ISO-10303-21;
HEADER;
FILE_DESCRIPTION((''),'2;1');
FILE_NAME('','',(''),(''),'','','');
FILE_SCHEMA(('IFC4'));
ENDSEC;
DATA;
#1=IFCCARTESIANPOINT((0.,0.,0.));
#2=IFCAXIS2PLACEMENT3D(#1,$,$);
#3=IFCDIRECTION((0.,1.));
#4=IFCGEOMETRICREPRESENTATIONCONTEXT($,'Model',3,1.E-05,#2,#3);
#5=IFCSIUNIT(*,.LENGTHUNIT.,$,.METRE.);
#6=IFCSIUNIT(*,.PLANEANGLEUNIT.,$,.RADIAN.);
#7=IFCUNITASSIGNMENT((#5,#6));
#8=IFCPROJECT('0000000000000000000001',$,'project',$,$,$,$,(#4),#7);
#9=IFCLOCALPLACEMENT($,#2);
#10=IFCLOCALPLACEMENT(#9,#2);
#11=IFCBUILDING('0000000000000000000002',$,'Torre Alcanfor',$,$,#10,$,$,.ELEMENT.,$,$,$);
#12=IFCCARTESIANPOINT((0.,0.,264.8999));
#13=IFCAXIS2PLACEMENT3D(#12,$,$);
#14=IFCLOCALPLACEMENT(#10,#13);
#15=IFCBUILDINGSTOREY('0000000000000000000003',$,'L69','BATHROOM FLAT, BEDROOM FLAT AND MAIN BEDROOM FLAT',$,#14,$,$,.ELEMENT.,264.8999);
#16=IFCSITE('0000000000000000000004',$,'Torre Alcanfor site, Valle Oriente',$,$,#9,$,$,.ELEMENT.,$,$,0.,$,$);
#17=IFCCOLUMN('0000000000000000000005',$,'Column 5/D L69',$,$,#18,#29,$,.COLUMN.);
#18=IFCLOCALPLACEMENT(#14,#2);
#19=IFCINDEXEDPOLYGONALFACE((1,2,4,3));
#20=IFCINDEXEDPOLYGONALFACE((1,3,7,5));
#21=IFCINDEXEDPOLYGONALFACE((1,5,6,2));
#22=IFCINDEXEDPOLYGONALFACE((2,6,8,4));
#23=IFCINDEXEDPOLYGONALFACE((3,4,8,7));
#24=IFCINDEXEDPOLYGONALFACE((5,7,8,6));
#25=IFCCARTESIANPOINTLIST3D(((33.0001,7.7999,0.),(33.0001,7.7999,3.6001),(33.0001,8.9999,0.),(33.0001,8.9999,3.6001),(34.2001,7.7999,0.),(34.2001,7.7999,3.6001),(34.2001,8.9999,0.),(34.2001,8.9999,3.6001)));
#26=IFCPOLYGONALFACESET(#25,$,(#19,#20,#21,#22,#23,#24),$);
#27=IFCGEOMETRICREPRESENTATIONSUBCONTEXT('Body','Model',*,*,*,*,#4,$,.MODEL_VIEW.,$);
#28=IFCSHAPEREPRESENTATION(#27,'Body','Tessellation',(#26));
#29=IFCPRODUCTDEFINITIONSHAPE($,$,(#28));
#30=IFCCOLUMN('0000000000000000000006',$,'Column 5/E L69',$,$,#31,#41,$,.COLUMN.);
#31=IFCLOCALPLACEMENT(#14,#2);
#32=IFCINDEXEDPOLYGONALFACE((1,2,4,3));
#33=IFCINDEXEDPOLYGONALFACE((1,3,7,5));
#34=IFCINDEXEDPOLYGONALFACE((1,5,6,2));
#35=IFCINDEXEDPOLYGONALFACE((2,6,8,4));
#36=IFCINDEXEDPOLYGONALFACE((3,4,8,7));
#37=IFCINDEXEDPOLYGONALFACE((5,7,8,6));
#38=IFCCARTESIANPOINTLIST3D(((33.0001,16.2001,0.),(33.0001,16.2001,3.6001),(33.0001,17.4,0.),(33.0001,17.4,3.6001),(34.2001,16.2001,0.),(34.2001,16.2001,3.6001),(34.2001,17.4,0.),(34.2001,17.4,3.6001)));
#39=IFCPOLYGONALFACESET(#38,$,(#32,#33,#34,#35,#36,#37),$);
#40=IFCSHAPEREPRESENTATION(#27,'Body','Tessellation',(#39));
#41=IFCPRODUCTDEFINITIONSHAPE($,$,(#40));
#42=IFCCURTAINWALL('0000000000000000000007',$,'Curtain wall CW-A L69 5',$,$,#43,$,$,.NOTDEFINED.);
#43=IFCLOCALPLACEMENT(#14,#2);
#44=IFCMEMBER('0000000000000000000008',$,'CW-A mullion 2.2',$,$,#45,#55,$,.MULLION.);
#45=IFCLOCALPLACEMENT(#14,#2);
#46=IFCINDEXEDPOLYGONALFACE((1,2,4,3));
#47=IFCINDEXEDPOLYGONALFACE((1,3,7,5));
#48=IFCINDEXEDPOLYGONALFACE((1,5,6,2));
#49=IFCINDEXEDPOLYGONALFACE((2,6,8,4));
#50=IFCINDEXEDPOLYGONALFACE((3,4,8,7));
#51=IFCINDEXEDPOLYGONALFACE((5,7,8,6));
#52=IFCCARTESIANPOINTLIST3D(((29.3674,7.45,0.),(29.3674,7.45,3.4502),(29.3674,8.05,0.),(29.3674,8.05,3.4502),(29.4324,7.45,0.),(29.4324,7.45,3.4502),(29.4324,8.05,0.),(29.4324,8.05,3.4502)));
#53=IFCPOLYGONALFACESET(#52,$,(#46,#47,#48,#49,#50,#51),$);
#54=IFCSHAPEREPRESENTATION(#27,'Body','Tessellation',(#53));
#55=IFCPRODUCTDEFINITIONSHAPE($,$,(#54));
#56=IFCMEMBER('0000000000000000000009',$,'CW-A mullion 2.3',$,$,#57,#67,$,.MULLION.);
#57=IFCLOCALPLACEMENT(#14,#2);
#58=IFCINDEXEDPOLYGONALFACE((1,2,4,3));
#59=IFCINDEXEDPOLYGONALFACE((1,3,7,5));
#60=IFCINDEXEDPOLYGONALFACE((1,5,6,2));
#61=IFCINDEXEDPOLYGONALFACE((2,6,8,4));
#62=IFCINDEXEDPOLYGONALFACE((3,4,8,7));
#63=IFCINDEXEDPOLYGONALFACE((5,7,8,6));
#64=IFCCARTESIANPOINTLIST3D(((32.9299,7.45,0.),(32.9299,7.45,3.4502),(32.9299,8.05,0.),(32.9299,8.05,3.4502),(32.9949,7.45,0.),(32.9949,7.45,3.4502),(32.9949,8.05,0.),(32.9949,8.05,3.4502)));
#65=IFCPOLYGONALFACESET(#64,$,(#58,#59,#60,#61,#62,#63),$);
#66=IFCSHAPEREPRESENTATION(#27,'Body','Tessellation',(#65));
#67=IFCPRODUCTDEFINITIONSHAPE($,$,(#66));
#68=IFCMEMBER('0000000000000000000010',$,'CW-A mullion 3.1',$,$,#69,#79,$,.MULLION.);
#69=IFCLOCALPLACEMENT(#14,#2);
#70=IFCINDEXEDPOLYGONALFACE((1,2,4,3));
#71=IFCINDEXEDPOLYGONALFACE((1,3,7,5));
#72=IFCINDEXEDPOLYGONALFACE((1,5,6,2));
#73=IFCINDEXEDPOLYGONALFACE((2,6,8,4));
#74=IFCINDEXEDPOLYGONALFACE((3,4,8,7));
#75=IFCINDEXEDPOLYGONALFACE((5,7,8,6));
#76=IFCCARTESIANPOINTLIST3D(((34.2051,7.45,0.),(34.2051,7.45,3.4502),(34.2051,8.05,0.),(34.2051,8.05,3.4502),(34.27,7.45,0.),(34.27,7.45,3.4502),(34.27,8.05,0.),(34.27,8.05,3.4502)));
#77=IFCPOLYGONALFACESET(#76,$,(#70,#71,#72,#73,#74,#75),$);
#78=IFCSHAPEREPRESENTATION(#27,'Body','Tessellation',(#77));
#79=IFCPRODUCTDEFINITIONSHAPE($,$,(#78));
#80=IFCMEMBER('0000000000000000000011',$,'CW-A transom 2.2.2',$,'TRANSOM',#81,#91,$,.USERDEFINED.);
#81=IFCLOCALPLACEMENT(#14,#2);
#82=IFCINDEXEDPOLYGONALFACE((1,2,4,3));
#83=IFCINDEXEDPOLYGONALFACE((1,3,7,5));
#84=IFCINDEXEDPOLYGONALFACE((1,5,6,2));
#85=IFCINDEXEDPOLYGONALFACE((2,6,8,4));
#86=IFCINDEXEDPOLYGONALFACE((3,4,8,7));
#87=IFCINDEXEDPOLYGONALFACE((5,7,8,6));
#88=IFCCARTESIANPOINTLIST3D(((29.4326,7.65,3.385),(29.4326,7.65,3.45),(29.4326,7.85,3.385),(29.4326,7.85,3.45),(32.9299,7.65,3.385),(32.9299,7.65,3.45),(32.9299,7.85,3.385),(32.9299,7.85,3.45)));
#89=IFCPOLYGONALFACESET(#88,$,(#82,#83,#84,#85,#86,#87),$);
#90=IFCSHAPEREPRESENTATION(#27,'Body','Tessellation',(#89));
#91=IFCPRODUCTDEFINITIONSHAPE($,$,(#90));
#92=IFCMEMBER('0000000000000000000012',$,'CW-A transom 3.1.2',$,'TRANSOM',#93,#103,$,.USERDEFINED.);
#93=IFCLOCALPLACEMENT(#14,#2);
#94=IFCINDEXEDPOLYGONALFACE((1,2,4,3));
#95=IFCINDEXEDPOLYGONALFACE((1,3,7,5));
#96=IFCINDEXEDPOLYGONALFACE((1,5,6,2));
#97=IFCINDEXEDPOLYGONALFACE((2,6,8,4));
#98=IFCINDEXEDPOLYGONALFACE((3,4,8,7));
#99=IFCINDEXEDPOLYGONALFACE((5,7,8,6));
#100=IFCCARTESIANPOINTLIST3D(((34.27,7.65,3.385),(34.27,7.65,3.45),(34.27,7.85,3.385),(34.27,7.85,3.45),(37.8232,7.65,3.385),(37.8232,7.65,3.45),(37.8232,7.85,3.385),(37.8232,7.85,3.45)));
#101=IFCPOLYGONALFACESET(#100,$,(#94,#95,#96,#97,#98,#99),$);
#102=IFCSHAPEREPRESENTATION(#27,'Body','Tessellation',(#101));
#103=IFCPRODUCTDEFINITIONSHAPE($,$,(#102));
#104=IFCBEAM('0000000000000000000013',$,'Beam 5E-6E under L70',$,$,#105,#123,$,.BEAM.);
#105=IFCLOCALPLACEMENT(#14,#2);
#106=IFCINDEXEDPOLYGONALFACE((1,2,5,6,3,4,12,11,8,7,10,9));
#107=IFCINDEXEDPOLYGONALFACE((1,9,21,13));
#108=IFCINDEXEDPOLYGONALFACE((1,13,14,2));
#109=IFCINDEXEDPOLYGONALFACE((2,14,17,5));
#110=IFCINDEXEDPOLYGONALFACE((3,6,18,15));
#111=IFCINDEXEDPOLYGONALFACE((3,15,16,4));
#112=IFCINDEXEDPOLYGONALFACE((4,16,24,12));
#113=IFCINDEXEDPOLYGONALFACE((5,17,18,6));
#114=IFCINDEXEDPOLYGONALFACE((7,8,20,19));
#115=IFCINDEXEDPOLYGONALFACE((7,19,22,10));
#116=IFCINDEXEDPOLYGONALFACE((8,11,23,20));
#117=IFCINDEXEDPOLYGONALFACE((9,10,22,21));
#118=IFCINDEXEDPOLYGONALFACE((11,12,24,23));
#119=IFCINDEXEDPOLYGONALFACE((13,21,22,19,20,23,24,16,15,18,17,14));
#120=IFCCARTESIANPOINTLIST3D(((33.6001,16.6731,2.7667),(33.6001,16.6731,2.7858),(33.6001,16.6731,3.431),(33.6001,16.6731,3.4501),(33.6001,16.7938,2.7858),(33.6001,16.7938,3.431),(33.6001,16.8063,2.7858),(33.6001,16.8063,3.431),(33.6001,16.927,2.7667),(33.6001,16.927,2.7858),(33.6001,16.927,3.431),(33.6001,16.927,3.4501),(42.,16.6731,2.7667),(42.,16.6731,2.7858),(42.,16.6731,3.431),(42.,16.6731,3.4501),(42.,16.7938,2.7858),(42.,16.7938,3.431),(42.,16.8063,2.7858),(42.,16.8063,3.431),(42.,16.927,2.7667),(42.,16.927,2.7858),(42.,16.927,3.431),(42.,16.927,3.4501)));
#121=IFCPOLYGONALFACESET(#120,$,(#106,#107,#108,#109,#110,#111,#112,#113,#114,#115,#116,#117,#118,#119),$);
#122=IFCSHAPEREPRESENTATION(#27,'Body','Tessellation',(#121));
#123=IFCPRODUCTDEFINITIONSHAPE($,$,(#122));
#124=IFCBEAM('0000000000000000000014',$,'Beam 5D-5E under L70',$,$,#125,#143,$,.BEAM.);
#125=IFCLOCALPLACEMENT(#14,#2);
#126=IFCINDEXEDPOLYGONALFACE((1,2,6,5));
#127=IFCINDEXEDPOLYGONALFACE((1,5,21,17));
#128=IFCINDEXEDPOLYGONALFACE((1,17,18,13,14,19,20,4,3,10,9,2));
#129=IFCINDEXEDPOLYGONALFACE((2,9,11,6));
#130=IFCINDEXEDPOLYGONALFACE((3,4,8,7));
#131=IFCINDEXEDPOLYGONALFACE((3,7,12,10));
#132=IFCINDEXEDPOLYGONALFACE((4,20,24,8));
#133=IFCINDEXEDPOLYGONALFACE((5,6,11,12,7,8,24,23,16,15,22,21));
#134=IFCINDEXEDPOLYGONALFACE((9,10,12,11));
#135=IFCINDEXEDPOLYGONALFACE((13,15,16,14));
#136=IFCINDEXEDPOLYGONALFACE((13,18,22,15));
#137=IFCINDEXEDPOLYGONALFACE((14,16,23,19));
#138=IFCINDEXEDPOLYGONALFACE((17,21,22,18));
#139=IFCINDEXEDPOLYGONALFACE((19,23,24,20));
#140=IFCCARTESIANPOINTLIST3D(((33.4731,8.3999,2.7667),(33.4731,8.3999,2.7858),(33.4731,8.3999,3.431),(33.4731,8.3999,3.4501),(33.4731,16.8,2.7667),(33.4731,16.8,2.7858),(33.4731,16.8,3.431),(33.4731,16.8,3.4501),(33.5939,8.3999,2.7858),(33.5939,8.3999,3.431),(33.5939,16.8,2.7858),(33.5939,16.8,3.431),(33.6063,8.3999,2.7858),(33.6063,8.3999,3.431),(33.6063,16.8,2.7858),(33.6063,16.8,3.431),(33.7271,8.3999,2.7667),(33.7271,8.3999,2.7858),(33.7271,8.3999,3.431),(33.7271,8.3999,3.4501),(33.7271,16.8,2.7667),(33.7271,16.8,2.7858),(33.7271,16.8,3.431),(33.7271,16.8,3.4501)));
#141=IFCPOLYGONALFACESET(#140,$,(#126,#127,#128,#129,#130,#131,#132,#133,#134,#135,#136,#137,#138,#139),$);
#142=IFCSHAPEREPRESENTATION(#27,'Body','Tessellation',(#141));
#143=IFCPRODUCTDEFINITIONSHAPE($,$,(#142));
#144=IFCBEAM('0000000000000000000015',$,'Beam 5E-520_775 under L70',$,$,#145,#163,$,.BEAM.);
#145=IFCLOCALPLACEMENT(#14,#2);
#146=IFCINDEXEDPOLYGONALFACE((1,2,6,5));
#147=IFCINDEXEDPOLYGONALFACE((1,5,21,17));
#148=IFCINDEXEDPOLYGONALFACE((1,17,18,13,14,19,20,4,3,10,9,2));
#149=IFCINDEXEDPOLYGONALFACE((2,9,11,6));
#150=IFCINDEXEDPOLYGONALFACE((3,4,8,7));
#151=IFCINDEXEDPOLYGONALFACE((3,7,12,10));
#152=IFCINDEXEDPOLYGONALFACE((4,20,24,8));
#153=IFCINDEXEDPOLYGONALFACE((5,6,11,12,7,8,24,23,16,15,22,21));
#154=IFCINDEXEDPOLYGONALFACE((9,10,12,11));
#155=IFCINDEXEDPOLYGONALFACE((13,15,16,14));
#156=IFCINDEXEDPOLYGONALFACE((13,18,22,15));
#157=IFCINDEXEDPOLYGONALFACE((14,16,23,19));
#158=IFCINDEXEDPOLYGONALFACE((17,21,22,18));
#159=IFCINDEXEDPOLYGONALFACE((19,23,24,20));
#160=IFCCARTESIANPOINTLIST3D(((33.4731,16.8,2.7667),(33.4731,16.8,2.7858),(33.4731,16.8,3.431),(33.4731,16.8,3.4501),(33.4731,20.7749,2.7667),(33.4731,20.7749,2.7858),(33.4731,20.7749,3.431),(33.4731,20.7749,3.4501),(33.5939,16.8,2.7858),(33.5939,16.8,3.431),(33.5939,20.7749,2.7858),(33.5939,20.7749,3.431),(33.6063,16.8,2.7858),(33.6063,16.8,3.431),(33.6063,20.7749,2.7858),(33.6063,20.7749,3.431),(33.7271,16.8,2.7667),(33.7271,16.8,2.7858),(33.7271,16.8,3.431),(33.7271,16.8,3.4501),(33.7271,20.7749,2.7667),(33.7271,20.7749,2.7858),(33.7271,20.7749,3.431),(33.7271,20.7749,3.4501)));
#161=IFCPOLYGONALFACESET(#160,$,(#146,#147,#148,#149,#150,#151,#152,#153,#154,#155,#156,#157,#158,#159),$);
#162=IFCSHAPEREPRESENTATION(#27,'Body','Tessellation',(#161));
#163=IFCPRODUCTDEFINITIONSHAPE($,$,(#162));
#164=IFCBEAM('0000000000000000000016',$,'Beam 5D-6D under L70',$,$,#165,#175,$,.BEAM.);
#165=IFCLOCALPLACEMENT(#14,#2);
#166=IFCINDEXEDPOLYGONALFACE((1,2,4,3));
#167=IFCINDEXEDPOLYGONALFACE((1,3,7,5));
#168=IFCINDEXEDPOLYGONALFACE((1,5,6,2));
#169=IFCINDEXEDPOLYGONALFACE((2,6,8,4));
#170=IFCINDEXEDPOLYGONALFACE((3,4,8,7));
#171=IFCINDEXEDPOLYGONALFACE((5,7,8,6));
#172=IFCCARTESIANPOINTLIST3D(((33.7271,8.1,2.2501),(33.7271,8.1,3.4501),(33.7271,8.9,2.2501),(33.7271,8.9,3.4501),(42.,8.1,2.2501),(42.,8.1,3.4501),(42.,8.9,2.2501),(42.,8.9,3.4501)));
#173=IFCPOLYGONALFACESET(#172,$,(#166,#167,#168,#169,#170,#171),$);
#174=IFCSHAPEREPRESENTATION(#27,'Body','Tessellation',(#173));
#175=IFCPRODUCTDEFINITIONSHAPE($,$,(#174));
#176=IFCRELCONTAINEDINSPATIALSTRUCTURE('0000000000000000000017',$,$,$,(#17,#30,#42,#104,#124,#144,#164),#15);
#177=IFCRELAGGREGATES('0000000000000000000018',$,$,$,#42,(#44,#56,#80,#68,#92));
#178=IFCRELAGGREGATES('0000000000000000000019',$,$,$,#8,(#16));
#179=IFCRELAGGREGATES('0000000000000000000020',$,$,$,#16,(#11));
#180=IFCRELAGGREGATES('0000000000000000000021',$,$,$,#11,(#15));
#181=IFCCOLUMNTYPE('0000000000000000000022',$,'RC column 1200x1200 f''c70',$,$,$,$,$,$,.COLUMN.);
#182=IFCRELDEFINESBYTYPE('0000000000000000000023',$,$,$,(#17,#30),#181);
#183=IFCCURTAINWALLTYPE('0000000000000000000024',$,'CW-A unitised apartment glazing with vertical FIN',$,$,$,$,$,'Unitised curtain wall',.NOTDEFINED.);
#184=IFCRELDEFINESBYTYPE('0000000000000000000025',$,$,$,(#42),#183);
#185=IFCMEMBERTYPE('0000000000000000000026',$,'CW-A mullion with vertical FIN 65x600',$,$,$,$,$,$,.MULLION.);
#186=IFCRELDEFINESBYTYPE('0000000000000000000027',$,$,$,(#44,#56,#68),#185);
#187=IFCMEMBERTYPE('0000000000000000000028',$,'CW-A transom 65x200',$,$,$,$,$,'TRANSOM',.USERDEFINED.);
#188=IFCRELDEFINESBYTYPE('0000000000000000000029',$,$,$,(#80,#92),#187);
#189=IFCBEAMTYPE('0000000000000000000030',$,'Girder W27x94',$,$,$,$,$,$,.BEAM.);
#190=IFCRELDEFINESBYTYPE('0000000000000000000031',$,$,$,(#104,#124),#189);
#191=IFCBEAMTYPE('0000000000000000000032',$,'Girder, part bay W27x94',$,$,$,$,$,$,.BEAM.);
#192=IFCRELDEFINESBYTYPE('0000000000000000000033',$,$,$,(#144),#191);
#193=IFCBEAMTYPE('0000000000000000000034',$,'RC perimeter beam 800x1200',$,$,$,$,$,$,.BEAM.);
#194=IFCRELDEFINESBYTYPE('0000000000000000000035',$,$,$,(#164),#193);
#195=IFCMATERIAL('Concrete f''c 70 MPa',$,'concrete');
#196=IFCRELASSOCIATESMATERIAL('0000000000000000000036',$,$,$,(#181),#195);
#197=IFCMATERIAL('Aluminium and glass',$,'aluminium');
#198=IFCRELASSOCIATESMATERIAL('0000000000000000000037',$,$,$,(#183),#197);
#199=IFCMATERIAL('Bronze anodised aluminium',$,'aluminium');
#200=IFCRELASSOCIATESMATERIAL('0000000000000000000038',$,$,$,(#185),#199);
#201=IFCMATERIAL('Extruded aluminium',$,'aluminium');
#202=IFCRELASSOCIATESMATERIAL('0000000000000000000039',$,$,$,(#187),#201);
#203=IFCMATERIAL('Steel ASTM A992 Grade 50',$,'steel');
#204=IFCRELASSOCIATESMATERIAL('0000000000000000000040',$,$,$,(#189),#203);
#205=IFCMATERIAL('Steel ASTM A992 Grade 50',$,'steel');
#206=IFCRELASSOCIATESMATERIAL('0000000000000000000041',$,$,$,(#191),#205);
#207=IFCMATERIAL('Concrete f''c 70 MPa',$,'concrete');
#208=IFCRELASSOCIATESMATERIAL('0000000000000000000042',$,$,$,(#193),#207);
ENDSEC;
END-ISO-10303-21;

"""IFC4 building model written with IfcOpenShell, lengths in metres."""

from ifc_helpers import new_model, si_unit, direction, frame, origin, origin_2d, place, context, subcontext, project, spatial, rectangle, i_section, extrude, material, material_profile, profile_set, type_object, element, aggregate, save


model = new_model("IFC4")

# Units and contexts
model_context = context("Model", 3, precision=1e-05, world=origin(), true_north=direction((0.0, 1.0)))
body_context = subcontext(model_context, "Body", "Model", "MODEL_VIEW")
ifc_project = project(units=[si_unit("LENGTHUNIT", "METRE"), si_unit("PLANEANGLEUNIT", "RADIAN")], contexts=[model_context])

# Site, building, storey
site_placement = place(None, origin())
site = spatial("IfcSite", under=ifc_project, at=site_placement, Name="Torre Alcanfor site, Valle Oriente", CompositionType="ELEMENT", RefElevation=0.0)
building_placement = place(site_placement, origin())
building = spatial("IfcBuilding", under=site, at=building_placement, Name="Torre Alcanfor", CompositionType="ELEMENT")
storey_placement = place(building_placement, frame((0.0, 0.0, 264.8999)))
storey = spatial("IfcBuildingStorey", under=building, at=storey_placement, Name="L69", Description="BATHROOM FLAT, BEDROOM FLAT AND MAIN BEDROOM FLAT", CompositionType="ELEMENT", Elevation=264.8999)

# Columns
ifc_material_1 = material(Name="Concrete f'c 70 MPa", Category="concrete")
ifc_material_profile_1 = material_profile(ifc_material_1, rectangle(XDim=1.2, YDim=1.2, at=origin_2d()), Name="1200x1200")
ifc_profile_set_1 = profile_set([ifc_material_profile_1], Name="Concrete f'c 70 MPa")
column_type = type_object("IfcColumnType", Name="RC column 1200x1200 f'c70", PredefinedType="COLUMN", material=ifc_profile_set_1)
for number, where, z_axis, x_axis, name in (
    (1, (33.6001, 8.3999, 0.0), (0.0, 0.0, 1.0), (1.0, 0.0, 0.0), "Column 5/D L69"),
    (2, (33.6001, 16.8, 0.0), (0.0, 0.0, 1.0), (1.0, 0.0, 0.0), "Column 5/E L69"),
):
    element("IfcColumn", number, at=place(storey_placement, frame(where, z_axis=z_axis, x_axis=x_axis)), inside=storey, type_object=column_type, Name=name, PredefinedType="COLUMN", context=body_context, shape_type="SweptSolid", body=[
        extrude(rectangle(XDim=1.2, YDim=1.2, at=origin_2d()), origin(), (0.0, 0.0, 1.0), 3.6001),
    ])

# Curtain wall, members
ifc_material_2 = material(Name="Aluminium and glass", Category="aluminium")
curtain_wall_type = type_object("IfcCurtainWallType", Name="CW-A unitised apartment glazing with vertical FIN", ElementType="Unitised curtain wall", PredefinedType="NOTDEFINED", material=ifc_material_2)
curtain_wall_placement = place(storey_placement, origin())
curtain_wall = element("IfcCurtainWall", 3, at=curtain_wall_placement, inside=storey, type_object=curtain_wall_type, Name="Curtain wall CW-A L69 5", PredefinedType="NOTDEFINED")
ifc_material_3 = material(Name="Bronze anodised aluminium", Category="aluminium")
ifc_material_profile_2 = material_profile(ifc_material_3, rectangle(XDim=0.6001, YDim=0.0649, at=origin_2d()), Name="CW-A mullion 65x600")
ifc_profile_set_2 = profile_set([ifc_material_profile_2], Name="Bronze anodised aluminium")
member_type_1 = type_object("IfcMemberType", Name="CW-A mullion with vertical FIN 65x600", PredefinedType="MULLION", material=ifc_profile_set_2)
member_1_placement = place(storey_placement, frame((29.3999, 7.75, 0.0), z_axis=(0.0, 0.0, 1.0), x_axis=(0.0, 1.0, 0.0)))
member_1 = element("IfcMember", 4, at=member_1_placement, type_object=member_type_1, Name="CW-A mullion 2.2", PredefinedType="MULLION", context=body_context, shape_type="SweptSolid", body=[
    extrude(rectangle(XDim=0.6001, YDim=0.0649, at=origin_2d()), origin(), (0.0, 0.0, 1.0), 3.4502),
])
member_2_placement = place(storey_placement, frame((32.9624, 7.75, 0.0), z_axis=(0.0, 0.0, 1.0), x_axis=(0.0, 1.0, 0.0)))
member_2 = element("IfcMember", 5, at=member_2_placement, type_object=member_type_1, Name="CW-A mullion 2.3", PredefinedType="MULLION", context=body_context, shape_type="SweptSolid", body=[
    extrude(rectangle(XDim=0.6001, YDim=0.0649, at=origin_2d()), origin(), (0.0, 0.0, 1.0), 3.4502),
])
member_3_placement = place(storey_placement, frame((34.2375, 7.75, 0.0), z_axis=(0.0, 0.0, 1.0), x_axis=(0.0, 1.0, 0.0)))
member_3 = element("IfcMember", 6, at=member_3_placement, type_object=member_type_1, Name="CW-A mullion 3.1", PredefinedType="MULLION", context=body_context, shape_type="SweptSolid", body=[
    extrude(rectangle(XDim=0.6001, YDim=0.0649, at=origin_2d()), origin(), (0.0, 0.0, 1.0), 3.4502),
])
ifc_material_4 = material(Name="Extruded aluminium", Category="aluminium")
ifc_material_profile_3 = material_profile(ifc_material_4, rectangle(XDim=0.2, YDim=0.0649, at=origin_2d()), Name="CW-A transom 200x65")
ifc_profile_set_3 = profile_set([ifc_material_profile_3], Name="Extruded aluminium")
member_type_2 = type_object("IfcMemberType", Name="CW-A transom 65x200", ElementType="TRANSOM", PredefinedType="USERDEFINED", material=ifc_profile_set_3)
member_4_placement = place(storey_placement, frame((29.4326, 7.75, 3.4175), z_axis=(1.0, 0.0, 0.0), x_axis=(0.0, 1.0, 0.0)))
member_4 = element("IfcMember", 7, at=member_4_placement, type_object=member_type_2, Name="CW-A transom 2.2.2", ObjectType="TRANSOM", PredefinedType="USERDEFINED", context=body_context, shape_type="SweptSolid", body=[
    extrude(rectangle(XDim=0.2, YDim=0.0649, at=origin_2d()), origin(), (0.0, 0.0, 1.0), 3.4973),
])
member_5_placement = place(storey_placement, frame((34.27, 7.75, 3.4175), z_axis=(1.0, 0.0, 0.0), x_axis=(0.0, 1.0, 0.0)))
member_5 = element("IfcMember", 8, at=member_5_placement, type_object=member_type_2, Name="CW-A transom 3.1.2", ObjectType="TRANSOM", PredefinedType="USERDEFINED", context=body_context, shape_type="SweptSolid", body=[
    extrude(rectangle(XDim=0.2, YDim=0.0649, at=origin_2d()), origin(), (0.0, 0.0, 1.0), 3.5532),
])

# Beams
ifc_material_5 = material(Name="Steel ASTM A992 Grade 50", Category="steel")
ifc_material_profile_4 = material_profile(ifc_material_5, i_section(OverallWidth=0.2539, OverallDepth=0.6833, WebThickness=0.0125, FlangeThickness=0.019, at=origin_2d()), Name="W27x94")
ifc_profile_set_4 = profile_set([ifc_material_profile_4], Name="Steel ASTM A992 Grade 50")
beam_type_1 = type_object("IfcBeamType", Name="Girder W27x94", PredefinedType="BEAM", material=ifc_profile_set_4)
beam_1_placement = place(storey_placement, frame((33.6001, 16.8, 3.1084), z_axis=(1.0, 0.0, 0.0), x_axis=(0.0, 1.0, 0.0)))
element("IfcBeam", 9, at=beam_1_placement, inside=storey, type_object=beam_type_1, Name="Beam 5E-6E under L70", PredefinedType="BEAM", context=body_context, shape_type="SweptSolid", body=[
    extrude(i_section(OverallWidth=0.2539, OverallDepth=0.6833, WebThickness=0.0125, FlangeThickness=0.019, at=origin_2d()), origin(), (0.0, 0.0, 1.0), 8.3999),
])
beam_2_placement = place(storey_placement, frame((33.6001, 8.3999, 3.1084), z_axis=(0.0, 1.0, 0.0), x_axis=(-1.0, 0.0, 0.0)))
element("IfcBeam", 10, at=beam_2_placement, inside=storey, type_object=beam_type_1, Name="Beam 5D-5E under L70", PredefinedType="BEAM", context=body_context, shape_type="SweptSolid", body=[
    extrude(i_section(OverallWidth=0.2539, OverallDepth=0.6833, WebThickness=0.0125, FlangeThickness=0.019, at=origin_2d()), origin(), (0.0, 0.0, 1.0), 8.4001),
])
ifc_material_6 = material(Name="Steel ASTM A992 Grade 50", Category="steel")
ifc_material_profile_5 = material_profile(ifc_material_6, i_section(OverallWidth=0.2539, OverallDepth=0.6833, WebThickness=0.0125, FlangeThickness=0.019, at=origin_2d()), Name="W27x94")
ifc_profile_set_5 = profile_set([ifc_material_profile_5], Name="Steel ASTM A992 Grade 50")
beam_type_2 = type_object("IfcBeamType", Name="Girder, part bay W27x94", PredefinedType="BEAM", material=ifc_profile_set_5)
beam_3_placement = place(storey_placement, frame((33.6001, 16.8, 3.1084), z_axis=(0.0, 1.0, 0.0), x_axis=(-1.0, 0.0, 0.0)))
element("IfcBeam", 11, at=beam_3_placement, inside=storey, type_object=beam_type_2, Name="Beam 5E-520_775 under L70", PredefinedType="BEAM", context=body_context, shape_type="SweptSolid", body=[
    extrude(i_section(OverallWidth=0.2539, OverallDepth=0.6833, WebThickness=0.0125, FlangeThickness=0.019, at=origin_2d()), origin(), (0.0, 0.0, 1.0), 3.9749),
])
ifc_material_7 = material(Name="Concrete f'c 70 MPa", Category="concrete")
ifc_material_profile_6 = material_profile(ifc_material_7, rectangle(XDim=0.8, YDim=1.2, at=origin_2d()), Name="800x1200")
ifc_profile_set_6 = profile_set([ifc_material_profile_6], Name="Concrete f'c 70 MPa")
beam_type_3 = type_object("IfcBeamType", Name="RC perimeter beam 800x1200", PredefinedType="BEAM", material=ifc_profile_set_6)
beam_4_placement = place(storey_placement, frame((33.7271, 8.5, 2.8501), z_axis=(1.0, 0.0, 0.0), x_axis=(0.0, 1.0, 0.0)))
element("IfcBeam", 12, at=beam_4_placement, inside=storey, type_object=beam_type_3, Name="Beam 5D-6D under L70", PredefinedType="BEAM", context=body_context, shape_type="SweptSolid", body=[
    extrude(rectangle(XDim=0.8, YDim=1.2, at=origin_2d()), origin(), (0.0, 0.0, 1.0), 8.2729),
])

aggregate(curtain_wall, [member_1, member_2, member_4, member_3, member_5])

save(model, "model.ifc")
